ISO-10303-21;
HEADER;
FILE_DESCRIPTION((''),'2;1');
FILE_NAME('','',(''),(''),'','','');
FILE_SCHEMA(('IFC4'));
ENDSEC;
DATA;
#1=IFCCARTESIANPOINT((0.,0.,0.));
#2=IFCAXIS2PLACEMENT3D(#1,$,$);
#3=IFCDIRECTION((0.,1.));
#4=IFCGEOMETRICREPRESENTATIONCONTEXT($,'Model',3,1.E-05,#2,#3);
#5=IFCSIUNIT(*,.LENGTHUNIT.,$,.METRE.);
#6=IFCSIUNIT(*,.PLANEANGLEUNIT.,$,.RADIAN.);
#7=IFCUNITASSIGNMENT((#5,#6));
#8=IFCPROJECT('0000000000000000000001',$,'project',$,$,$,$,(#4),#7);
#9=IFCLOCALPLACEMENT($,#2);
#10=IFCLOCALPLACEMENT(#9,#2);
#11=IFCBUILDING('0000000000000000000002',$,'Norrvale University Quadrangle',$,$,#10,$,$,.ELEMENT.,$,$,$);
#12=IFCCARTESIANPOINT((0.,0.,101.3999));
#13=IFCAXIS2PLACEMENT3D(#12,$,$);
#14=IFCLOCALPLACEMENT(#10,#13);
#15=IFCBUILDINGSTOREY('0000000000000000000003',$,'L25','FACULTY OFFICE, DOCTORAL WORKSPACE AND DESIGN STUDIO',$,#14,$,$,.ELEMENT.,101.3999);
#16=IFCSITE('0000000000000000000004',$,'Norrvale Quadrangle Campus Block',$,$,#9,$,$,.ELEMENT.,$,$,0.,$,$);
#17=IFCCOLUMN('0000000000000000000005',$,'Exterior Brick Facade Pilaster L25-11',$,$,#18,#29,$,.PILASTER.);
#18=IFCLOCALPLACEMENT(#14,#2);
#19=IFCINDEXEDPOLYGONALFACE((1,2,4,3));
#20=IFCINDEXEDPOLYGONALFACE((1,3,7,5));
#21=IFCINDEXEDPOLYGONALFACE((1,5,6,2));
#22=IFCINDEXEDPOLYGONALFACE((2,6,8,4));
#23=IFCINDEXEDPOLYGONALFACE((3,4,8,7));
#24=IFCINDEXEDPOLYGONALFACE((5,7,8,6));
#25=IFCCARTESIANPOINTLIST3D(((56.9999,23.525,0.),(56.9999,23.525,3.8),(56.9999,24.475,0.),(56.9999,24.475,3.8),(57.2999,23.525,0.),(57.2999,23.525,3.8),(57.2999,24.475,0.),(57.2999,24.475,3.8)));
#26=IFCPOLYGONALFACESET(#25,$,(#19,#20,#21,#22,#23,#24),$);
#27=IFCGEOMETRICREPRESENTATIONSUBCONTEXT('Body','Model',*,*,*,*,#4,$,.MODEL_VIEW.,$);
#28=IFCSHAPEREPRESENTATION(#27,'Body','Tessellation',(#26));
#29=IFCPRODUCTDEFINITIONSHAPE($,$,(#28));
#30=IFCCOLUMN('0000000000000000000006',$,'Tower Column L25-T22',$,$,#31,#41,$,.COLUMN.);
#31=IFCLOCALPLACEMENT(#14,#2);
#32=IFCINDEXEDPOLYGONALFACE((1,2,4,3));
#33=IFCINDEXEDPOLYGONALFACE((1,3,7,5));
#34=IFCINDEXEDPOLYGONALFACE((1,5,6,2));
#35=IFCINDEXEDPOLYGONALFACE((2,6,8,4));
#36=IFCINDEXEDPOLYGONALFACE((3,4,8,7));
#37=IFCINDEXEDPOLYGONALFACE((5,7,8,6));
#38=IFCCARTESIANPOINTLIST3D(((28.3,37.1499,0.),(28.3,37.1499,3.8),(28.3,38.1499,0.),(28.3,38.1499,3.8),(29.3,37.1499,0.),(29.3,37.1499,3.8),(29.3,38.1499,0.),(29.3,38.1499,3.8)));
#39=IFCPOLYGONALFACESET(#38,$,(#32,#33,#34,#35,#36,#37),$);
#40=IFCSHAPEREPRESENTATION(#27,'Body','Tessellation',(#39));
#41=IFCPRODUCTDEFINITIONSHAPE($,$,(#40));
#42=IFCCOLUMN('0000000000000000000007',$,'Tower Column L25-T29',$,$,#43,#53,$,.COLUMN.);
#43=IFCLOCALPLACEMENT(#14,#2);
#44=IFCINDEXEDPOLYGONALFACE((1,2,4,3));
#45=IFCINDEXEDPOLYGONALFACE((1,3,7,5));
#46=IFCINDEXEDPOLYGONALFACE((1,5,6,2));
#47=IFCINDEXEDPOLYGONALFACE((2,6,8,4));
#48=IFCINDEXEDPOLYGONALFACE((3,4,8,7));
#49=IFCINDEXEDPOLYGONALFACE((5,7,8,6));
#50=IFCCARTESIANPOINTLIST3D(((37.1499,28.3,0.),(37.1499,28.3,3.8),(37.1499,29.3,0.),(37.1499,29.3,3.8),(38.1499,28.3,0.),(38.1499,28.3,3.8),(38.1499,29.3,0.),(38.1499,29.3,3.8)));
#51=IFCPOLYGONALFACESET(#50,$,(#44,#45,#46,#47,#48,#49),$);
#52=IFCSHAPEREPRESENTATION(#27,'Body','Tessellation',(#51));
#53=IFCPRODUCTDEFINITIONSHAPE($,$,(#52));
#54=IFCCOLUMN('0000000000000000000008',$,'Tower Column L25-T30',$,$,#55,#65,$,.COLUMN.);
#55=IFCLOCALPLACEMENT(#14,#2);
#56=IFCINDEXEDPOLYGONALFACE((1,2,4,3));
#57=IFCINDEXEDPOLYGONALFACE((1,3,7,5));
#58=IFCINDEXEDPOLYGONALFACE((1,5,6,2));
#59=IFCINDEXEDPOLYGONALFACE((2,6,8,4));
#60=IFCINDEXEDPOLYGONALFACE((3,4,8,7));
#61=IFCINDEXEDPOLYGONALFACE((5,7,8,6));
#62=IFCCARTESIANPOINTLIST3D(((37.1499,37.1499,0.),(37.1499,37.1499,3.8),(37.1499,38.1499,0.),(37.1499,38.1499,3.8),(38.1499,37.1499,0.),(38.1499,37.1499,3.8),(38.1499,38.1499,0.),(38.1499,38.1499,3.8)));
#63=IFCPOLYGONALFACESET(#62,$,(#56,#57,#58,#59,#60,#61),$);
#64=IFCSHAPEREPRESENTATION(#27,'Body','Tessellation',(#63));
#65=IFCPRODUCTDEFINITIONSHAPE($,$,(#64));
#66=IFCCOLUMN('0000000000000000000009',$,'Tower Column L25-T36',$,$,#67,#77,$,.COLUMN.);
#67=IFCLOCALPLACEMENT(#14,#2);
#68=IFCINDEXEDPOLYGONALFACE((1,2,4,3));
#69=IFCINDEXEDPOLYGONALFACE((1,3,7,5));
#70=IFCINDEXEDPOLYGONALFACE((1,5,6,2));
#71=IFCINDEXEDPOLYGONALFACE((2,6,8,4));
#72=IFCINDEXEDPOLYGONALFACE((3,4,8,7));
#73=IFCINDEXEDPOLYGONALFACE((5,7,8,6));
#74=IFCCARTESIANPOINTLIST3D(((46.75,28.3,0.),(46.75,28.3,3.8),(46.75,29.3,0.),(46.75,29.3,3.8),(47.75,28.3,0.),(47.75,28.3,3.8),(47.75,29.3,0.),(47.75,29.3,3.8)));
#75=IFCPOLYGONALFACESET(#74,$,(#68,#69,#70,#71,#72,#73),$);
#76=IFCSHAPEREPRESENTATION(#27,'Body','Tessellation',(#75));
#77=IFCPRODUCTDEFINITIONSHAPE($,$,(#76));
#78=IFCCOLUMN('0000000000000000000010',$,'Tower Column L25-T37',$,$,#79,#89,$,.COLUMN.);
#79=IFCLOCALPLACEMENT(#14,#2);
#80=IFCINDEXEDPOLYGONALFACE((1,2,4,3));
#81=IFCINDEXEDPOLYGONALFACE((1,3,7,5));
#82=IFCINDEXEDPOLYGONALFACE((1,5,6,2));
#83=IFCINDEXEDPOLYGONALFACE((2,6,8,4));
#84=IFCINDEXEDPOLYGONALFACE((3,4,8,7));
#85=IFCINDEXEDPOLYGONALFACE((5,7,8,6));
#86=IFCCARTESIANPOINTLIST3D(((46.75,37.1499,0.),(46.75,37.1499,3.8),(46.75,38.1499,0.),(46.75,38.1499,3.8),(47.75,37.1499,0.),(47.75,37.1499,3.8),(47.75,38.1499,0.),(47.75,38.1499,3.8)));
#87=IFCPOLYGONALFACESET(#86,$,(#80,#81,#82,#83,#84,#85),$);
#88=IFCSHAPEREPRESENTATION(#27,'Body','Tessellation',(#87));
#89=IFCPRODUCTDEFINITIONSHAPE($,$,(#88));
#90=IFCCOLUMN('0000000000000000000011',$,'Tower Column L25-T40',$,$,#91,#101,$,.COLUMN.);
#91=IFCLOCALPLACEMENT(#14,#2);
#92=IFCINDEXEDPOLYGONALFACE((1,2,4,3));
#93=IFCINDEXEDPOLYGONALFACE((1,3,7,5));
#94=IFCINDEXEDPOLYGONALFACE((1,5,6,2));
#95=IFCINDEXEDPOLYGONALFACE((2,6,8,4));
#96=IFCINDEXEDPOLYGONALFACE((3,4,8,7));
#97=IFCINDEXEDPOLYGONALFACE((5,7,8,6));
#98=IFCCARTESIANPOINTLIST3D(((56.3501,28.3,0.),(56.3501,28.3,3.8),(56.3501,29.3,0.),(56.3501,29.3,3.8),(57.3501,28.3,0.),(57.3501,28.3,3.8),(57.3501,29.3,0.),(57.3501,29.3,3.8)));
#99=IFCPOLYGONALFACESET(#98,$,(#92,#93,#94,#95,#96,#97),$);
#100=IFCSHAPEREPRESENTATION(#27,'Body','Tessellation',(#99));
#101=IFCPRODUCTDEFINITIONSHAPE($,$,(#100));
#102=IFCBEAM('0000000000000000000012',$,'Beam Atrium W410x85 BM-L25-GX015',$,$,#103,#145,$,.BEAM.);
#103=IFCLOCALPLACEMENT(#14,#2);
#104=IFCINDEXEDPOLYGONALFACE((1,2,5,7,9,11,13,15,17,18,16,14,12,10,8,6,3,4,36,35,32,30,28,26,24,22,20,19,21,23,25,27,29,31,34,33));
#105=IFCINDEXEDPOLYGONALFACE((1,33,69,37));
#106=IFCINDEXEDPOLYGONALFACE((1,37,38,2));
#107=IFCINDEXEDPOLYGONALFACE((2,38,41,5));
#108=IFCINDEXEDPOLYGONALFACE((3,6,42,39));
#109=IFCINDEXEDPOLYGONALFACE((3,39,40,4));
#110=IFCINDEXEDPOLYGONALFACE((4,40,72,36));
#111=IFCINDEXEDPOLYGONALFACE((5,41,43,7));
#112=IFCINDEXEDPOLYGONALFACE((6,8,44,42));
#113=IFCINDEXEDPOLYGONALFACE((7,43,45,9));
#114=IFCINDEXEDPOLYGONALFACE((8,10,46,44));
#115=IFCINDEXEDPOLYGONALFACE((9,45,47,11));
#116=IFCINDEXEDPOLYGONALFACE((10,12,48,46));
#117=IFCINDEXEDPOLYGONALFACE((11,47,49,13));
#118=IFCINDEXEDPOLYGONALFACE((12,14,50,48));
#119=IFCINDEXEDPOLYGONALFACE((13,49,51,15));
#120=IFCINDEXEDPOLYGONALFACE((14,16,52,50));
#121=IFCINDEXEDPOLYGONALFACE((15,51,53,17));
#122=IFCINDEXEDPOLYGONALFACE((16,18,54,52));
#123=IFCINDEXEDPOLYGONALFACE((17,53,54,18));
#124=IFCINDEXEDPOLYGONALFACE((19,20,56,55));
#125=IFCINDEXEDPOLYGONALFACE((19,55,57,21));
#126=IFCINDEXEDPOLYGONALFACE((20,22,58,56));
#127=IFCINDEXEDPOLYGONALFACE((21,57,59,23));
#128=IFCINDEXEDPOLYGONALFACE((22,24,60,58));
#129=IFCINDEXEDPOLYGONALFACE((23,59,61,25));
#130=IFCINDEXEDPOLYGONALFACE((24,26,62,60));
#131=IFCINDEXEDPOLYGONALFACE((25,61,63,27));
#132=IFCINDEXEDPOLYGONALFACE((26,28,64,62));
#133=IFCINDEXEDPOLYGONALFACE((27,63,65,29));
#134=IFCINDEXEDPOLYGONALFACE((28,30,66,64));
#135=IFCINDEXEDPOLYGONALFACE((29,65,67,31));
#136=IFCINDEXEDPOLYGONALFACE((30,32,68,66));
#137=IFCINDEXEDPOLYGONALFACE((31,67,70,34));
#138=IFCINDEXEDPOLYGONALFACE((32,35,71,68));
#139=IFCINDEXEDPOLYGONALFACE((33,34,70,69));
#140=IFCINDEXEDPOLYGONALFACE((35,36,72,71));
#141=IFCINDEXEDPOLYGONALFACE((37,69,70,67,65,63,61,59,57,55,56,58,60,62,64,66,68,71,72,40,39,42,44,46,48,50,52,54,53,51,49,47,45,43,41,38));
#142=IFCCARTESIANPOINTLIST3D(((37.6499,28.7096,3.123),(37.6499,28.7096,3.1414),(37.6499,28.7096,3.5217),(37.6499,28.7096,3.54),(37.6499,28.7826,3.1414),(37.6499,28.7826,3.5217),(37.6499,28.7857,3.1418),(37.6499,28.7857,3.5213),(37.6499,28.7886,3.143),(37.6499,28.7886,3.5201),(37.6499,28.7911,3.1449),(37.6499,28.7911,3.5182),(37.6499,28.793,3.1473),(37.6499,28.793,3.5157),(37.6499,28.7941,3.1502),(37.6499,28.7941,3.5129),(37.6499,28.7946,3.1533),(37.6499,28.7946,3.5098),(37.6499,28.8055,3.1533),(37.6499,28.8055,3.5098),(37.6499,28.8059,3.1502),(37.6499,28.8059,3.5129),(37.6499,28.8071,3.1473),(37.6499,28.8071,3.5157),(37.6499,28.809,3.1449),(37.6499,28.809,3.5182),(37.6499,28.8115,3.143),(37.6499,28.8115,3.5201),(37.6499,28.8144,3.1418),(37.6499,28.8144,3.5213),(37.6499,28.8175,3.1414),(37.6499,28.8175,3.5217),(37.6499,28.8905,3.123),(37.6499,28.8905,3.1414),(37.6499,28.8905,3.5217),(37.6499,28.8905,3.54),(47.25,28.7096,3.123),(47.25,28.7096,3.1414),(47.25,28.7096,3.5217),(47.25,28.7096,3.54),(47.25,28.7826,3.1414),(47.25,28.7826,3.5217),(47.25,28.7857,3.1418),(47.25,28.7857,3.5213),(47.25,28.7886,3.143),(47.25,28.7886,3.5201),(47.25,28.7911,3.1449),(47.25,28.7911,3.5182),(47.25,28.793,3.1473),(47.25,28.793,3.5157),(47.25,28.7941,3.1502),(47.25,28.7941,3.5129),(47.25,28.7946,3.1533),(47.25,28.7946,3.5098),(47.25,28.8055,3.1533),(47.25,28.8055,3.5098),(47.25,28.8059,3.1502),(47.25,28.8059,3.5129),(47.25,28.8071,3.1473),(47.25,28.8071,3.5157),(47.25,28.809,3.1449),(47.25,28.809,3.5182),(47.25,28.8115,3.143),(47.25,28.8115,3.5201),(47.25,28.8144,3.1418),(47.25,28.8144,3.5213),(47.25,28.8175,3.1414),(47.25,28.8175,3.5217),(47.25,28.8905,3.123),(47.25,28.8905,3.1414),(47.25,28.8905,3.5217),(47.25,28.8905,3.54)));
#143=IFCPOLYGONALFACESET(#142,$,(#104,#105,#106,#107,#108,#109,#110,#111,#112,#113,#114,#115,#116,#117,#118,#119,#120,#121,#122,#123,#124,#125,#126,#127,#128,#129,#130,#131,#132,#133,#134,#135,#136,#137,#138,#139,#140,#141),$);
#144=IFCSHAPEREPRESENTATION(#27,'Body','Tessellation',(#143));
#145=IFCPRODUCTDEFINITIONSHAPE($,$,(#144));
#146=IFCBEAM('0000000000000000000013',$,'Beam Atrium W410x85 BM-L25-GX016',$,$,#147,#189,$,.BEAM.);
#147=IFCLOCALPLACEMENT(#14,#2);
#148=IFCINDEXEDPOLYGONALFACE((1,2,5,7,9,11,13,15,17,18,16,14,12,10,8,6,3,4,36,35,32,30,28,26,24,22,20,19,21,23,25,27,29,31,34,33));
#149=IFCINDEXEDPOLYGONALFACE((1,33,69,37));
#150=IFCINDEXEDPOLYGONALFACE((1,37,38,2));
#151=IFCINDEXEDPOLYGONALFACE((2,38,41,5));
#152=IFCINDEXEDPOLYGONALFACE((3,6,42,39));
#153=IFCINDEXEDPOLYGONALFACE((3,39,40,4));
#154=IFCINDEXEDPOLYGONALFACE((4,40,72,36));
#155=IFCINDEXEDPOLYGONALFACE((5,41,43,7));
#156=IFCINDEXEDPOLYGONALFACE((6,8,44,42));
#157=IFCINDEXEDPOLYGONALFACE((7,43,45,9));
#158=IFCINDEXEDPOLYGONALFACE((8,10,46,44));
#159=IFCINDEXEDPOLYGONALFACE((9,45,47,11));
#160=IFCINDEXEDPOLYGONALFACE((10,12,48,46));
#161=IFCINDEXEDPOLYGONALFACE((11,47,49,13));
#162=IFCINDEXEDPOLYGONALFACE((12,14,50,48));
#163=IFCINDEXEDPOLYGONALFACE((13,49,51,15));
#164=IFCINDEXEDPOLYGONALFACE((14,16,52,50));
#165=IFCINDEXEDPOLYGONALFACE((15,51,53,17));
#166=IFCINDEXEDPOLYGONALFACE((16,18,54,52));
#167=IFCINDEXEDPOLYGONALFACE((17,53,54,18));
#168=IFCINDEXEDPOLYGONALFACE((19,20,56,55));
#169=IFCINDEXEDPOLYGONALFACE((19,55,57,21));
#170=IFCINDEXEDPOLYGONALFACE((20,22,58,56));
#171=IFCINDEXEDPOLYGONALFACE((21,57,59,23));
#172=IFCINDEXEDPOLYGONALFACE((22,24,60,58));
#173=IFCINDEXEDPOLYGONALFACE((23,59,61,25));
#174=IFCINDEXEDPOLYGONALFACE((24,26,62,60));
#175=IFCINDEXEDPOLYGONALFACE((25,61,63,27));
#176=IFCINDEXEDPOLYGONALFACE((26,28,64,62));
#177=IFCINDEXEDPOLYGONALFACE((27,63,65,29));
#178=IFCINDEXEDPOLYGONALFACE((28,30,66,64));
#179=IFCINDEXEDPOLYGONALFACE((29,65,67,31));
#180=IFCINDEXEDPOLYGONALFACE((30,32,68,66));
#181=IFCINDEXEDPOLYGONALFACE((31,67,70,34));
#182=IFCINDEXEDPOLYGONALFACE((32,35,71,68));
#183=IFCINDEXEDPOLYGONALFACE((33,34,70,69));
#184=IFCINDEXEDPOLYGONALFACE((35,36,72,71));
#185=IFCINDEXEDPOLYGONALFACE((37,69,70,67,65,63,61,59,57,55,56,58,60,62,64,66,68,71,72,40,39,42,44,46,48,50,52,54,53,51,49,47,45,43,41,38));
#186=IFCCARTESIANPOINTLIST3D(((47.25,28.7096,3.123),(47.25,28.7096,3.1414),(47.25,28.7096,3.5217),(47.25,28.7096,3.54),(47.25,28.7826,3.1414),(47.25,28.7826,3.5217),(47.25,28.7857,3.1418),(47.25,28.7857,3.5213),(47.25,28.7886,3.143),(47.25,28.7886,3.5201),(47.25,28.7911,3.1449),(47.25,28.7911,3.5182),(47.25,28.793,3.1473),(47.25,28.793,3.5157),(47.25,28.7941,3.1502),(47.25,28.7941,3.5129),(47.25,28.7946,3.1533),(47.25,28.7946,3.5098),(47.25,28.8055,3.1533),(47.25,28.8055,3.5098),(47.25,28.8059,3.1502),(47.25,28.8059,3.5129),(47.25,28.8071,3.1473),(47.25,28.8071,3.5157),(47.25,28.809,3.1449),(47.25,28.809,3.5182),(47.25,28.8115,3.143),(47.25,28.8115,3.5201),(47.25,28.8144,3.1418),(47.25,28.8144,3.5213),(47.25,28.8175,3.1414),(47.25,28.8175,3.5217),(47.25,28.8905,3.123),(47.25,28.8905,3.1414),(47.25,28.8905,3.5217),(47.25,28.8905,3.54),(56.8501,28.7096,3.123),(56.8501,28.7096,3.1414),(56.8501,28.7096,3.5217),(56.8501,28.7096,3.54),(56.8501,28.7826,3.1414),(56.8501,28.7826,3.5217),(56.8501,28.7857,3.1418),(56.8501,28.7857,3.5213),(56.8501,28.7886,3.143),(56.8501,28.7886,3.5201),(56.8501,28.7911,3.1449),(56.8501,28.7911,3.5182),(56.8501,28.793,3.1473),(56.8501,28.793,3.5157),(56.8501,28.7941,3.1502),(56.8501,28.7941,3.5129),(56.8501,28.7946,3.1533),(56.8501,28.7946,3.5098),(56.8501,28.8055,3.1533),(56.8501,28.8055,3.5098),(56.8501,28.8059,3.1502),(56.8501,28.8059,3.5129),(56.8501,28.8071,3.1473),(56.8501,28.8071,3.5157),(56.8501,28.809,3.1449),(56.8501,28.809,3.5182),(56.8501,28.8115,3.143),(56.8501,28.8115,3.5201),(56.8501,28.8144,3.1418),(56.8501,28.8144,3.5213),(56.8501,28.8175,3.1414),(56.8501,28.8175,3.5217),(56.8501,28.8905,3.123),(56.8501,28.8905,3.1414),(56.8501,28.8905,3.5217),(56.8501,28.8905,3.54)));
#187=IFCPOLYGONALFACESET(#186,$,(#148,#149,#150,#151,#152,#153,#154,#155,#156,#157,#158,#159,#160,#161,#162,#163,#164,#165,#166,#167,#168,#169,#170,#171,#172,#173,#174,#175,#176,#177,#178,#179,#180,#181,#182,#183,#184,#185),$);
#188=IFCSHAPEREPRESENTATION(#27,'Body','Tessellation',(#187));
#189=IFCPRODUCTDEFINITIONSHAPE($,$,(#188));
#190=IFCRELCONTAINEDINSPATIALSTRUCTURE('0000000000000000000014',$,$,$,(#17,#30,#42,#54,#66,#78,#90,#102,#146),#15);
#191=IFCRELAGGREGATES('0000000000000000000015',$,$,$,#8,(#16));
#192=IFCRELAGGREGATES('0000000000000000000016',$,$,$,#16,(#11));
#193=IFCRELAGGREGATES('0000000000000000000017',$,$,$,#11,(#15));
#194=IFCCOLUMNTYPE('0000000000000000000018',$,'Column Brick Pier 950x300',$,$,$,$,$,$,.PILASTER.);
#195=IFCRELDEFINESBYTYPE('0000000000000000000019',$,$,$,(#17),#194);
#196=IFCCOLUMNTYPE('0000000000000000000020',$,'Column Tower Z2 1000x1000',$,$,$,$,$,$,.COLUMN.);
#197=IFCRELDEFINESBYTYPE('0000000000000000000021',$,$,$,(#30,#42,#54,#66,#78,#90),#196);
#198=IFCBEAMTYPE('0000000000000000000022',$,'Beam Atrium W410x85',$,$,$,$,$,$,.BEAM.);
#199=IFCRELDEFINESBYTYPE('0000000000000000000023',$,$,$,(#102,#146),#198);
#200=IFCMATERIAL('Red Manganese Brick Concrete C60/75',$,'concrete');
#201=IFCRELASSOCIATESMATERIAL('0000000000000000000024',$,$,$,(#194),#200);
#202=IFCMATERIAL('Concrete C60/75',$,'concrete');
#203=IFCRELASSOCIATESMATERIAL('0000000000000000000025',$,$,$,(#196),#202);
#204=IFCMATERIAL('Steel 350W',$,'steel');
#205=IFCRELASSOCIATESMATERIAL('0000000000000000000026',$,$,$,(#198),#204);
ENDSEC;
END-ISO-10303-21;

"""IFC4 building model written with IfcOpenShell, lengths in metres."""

from ifc_helpers import new_model, si_unit, direction, frame, origin, origin_2d, place, context, subcontext, project, spatial, rectangle, i_section, extrude, material, material_profile, profile_set, type_object, element, save


model = new_model("IFC4")

# Units and contexts
model_context = context("Model", 3, precision=1e-05, world=origin(), true_north=direction((0.0, 1.0)))
body_context = subcontext(model_context, "Body", "Model", "MODEL_VIEW")
ifc_project = project(units=[si_unit("LENGTHUNIT", "METRE"), si_unit("PLANEANGLEUNIT", "RADIAN")], contexts=[model_context])

# Site, building, storey
site_placement = place(None, origin())
site = spatial("IfcSite", under=ifc_project, at=site_placement, Name="Norrvale Quadrangle Campus Block", CompositionType="ELEMENT", RefElevation=0.0)
building_placement = place(site_placement, origin())
building = spatial("IfcBuilding", under=site, at=building_placement, Name="Norrvale University Quadrangle", CompositionType="ELEMENT")
storey_placement = place(building_placement, frame((0.0, 0.0, 101.3999)))
storey = spatial("IfcBuildingStorey", under=building, at=storey_placement, Name="L25", Description="FACULTY OFFICE, DOCTORAL WORKSPACE AND DESIGN STUDIO", CompositionType="ELEMENT", Elevation=101.3999)

# Columns
ifc_material_1 = material(Name="Red Manganese Brick Concrete C60/75", Category="concrete")
ifc_material_profile_1 = material_profile(ifc_material_1, rectangle(XDim=0.95, YDim=0.3, at=origin_2d()), Name="Red Manganese Brick Concrete C60/75")
ifc_profile_set_1 = profile_set([ifc_material_profile_1], Name="Red Manganese Brick Concrete C60/75")
column_type_1 = type_object("IfcColumnType", Name="Column Brick Pier 950x300", PredefinedType="PILASTER", material=ifc_profile_set_1)
column_placement = place(storey_placement, frame((57.1499, 24.0, 0.0), z_axis=(0.0, 0.0, 1.0), x_axis=(0.0, 1.0, 0.0)))
element("IfcColumn", 1, at=column_placement, inside=storey, type_object=column_type_1, Name="Exterior Brick Facade Pilaster L25-11", PredefinedType="PILASTER", context=body_context, shape_type="SweptSolid", body=[
    extrude(rectangle(XDim=0.95, YDim=0.3, at=origin_2d()), origin(), (0.0, 0.0, 1.0), 3.8),
])
ifc_material_2 = material(Name="Concrete C60/75", Category="concrete")
ifc_material_profile_2 = material_profile(ifc_material_2, rectangle(XDim=1.0, YDim=1.0, at=origin_2d()), Name="Concrete C60/75")
ifc_profile_set_2 = profile_set([ifc_material_profile_2], Name="Concrete C60/75")
column_type_2 = type_object("IfcColumnType", Name="Column Tower Z2 1000x1000", PredefinedType="COLUMN", material=ifc_profile_set_2)
for number, where, z_axis, x_axis, name in (
    (2, (28.8, 37.6499, 0.0), (0.0, 0.0, 1.0), (1.0, 0.0, 0.0), "Tower Column L25-T22"),
    (3, (37.6499, 28.8, 0.0), (0.0, 0.0, 1.0), (1.0, 0.0, 0.0), "Tower Column L25-T29"),
    (4, (37.6499, 37.6499, 0.0), (0.0, 0.0, 1.0), (1.0, 0.0, 0.0), "Tower Column L25-T30"),
    (5, (47.25, 28.8, 0.0), (0.0, 0.0, 1.0), (1.0, 0.0, 0.0), "Tower Column L25-T36"),
    (6, (47.25, 37.6499, 0.0), (0.0, 0.0, 1.0), (1.0, 0.0, 0.0), "Tower Column L25-T37"),
    (7, (56.8501, 28.8, 0.0), (0.0, 0.0, 1.0), (1.0, 0.0, 0.0), "Tower Column L25-T40"),
):
    element("IfcColumn", number, at=place(storey_placement, frame(where, z_axis=z_axis, x_axis=x_axis)), inside=storey, type_object=column_type_2, Name=name, PredefinedType="COLUMN", context=body_context, shape_type="SweptSolid", body=[
        extrude(rectangle(XDim=1.0, YDim=1.0, at=origin_2d()), origin(), (0.0, 0.0, 1.0), 3.8),
    ])

# Beams
ifc_material_3 = material(Name="Steel 350W", Category="steel")
ifc_material_profile_3 = material_profile(ifc_material_3, i_section(OverallWidth=0.1809, OverallDepth=0.417, WebThickness=0.011, FlangeThickness=0.0183, FilletRadius=0.012, at=origin_2d()), Name="Steel 350W")
ifc_profile_set_3 = profile_set([ifc_material_profile_3], Name="Steel 350W")
beam_type_1 = type_object("IfcBeamType", Name="Beam Atrium W410x85", PredefinedType="BEAM", material=ifc_profile_set_3)
for number, where, z_axis, x_axis, name in (
    (8, (37.6499, 28.8, 3.3315), (1.0, 0.0, 0.0), (0.0, 1.0, 0.0), "Beam Atrium W410x85 BM-L25-GX015"),
    (9, (47.25, 28.8, 3.3315), (1.0, 0.0, 0.0), (0.0, 1.0, 0.0), "Beam Atrium W410x85 BM-L25-GX016"),
):
    element("IfcBeam", number, at=place(storey_placement, frame(where, z_axis=z_axis, x_axis=x_axis)), inside=storey, type_object=beam_type_1, Name=name, PredefinedType="BEAM", context=body_context, shape_type="SweptSolid", body=[
        extrude(i_section(OverallWidth=0.1809, OverallDepth=0.417, WebThickness=0.011, FlangeThickness=0.0183, FilletRadius=0.012, at=origin_2d()), origin(), (0.0, 0.0, 1.0), 9.6001),
    ])

save(model, "model.ifc")
